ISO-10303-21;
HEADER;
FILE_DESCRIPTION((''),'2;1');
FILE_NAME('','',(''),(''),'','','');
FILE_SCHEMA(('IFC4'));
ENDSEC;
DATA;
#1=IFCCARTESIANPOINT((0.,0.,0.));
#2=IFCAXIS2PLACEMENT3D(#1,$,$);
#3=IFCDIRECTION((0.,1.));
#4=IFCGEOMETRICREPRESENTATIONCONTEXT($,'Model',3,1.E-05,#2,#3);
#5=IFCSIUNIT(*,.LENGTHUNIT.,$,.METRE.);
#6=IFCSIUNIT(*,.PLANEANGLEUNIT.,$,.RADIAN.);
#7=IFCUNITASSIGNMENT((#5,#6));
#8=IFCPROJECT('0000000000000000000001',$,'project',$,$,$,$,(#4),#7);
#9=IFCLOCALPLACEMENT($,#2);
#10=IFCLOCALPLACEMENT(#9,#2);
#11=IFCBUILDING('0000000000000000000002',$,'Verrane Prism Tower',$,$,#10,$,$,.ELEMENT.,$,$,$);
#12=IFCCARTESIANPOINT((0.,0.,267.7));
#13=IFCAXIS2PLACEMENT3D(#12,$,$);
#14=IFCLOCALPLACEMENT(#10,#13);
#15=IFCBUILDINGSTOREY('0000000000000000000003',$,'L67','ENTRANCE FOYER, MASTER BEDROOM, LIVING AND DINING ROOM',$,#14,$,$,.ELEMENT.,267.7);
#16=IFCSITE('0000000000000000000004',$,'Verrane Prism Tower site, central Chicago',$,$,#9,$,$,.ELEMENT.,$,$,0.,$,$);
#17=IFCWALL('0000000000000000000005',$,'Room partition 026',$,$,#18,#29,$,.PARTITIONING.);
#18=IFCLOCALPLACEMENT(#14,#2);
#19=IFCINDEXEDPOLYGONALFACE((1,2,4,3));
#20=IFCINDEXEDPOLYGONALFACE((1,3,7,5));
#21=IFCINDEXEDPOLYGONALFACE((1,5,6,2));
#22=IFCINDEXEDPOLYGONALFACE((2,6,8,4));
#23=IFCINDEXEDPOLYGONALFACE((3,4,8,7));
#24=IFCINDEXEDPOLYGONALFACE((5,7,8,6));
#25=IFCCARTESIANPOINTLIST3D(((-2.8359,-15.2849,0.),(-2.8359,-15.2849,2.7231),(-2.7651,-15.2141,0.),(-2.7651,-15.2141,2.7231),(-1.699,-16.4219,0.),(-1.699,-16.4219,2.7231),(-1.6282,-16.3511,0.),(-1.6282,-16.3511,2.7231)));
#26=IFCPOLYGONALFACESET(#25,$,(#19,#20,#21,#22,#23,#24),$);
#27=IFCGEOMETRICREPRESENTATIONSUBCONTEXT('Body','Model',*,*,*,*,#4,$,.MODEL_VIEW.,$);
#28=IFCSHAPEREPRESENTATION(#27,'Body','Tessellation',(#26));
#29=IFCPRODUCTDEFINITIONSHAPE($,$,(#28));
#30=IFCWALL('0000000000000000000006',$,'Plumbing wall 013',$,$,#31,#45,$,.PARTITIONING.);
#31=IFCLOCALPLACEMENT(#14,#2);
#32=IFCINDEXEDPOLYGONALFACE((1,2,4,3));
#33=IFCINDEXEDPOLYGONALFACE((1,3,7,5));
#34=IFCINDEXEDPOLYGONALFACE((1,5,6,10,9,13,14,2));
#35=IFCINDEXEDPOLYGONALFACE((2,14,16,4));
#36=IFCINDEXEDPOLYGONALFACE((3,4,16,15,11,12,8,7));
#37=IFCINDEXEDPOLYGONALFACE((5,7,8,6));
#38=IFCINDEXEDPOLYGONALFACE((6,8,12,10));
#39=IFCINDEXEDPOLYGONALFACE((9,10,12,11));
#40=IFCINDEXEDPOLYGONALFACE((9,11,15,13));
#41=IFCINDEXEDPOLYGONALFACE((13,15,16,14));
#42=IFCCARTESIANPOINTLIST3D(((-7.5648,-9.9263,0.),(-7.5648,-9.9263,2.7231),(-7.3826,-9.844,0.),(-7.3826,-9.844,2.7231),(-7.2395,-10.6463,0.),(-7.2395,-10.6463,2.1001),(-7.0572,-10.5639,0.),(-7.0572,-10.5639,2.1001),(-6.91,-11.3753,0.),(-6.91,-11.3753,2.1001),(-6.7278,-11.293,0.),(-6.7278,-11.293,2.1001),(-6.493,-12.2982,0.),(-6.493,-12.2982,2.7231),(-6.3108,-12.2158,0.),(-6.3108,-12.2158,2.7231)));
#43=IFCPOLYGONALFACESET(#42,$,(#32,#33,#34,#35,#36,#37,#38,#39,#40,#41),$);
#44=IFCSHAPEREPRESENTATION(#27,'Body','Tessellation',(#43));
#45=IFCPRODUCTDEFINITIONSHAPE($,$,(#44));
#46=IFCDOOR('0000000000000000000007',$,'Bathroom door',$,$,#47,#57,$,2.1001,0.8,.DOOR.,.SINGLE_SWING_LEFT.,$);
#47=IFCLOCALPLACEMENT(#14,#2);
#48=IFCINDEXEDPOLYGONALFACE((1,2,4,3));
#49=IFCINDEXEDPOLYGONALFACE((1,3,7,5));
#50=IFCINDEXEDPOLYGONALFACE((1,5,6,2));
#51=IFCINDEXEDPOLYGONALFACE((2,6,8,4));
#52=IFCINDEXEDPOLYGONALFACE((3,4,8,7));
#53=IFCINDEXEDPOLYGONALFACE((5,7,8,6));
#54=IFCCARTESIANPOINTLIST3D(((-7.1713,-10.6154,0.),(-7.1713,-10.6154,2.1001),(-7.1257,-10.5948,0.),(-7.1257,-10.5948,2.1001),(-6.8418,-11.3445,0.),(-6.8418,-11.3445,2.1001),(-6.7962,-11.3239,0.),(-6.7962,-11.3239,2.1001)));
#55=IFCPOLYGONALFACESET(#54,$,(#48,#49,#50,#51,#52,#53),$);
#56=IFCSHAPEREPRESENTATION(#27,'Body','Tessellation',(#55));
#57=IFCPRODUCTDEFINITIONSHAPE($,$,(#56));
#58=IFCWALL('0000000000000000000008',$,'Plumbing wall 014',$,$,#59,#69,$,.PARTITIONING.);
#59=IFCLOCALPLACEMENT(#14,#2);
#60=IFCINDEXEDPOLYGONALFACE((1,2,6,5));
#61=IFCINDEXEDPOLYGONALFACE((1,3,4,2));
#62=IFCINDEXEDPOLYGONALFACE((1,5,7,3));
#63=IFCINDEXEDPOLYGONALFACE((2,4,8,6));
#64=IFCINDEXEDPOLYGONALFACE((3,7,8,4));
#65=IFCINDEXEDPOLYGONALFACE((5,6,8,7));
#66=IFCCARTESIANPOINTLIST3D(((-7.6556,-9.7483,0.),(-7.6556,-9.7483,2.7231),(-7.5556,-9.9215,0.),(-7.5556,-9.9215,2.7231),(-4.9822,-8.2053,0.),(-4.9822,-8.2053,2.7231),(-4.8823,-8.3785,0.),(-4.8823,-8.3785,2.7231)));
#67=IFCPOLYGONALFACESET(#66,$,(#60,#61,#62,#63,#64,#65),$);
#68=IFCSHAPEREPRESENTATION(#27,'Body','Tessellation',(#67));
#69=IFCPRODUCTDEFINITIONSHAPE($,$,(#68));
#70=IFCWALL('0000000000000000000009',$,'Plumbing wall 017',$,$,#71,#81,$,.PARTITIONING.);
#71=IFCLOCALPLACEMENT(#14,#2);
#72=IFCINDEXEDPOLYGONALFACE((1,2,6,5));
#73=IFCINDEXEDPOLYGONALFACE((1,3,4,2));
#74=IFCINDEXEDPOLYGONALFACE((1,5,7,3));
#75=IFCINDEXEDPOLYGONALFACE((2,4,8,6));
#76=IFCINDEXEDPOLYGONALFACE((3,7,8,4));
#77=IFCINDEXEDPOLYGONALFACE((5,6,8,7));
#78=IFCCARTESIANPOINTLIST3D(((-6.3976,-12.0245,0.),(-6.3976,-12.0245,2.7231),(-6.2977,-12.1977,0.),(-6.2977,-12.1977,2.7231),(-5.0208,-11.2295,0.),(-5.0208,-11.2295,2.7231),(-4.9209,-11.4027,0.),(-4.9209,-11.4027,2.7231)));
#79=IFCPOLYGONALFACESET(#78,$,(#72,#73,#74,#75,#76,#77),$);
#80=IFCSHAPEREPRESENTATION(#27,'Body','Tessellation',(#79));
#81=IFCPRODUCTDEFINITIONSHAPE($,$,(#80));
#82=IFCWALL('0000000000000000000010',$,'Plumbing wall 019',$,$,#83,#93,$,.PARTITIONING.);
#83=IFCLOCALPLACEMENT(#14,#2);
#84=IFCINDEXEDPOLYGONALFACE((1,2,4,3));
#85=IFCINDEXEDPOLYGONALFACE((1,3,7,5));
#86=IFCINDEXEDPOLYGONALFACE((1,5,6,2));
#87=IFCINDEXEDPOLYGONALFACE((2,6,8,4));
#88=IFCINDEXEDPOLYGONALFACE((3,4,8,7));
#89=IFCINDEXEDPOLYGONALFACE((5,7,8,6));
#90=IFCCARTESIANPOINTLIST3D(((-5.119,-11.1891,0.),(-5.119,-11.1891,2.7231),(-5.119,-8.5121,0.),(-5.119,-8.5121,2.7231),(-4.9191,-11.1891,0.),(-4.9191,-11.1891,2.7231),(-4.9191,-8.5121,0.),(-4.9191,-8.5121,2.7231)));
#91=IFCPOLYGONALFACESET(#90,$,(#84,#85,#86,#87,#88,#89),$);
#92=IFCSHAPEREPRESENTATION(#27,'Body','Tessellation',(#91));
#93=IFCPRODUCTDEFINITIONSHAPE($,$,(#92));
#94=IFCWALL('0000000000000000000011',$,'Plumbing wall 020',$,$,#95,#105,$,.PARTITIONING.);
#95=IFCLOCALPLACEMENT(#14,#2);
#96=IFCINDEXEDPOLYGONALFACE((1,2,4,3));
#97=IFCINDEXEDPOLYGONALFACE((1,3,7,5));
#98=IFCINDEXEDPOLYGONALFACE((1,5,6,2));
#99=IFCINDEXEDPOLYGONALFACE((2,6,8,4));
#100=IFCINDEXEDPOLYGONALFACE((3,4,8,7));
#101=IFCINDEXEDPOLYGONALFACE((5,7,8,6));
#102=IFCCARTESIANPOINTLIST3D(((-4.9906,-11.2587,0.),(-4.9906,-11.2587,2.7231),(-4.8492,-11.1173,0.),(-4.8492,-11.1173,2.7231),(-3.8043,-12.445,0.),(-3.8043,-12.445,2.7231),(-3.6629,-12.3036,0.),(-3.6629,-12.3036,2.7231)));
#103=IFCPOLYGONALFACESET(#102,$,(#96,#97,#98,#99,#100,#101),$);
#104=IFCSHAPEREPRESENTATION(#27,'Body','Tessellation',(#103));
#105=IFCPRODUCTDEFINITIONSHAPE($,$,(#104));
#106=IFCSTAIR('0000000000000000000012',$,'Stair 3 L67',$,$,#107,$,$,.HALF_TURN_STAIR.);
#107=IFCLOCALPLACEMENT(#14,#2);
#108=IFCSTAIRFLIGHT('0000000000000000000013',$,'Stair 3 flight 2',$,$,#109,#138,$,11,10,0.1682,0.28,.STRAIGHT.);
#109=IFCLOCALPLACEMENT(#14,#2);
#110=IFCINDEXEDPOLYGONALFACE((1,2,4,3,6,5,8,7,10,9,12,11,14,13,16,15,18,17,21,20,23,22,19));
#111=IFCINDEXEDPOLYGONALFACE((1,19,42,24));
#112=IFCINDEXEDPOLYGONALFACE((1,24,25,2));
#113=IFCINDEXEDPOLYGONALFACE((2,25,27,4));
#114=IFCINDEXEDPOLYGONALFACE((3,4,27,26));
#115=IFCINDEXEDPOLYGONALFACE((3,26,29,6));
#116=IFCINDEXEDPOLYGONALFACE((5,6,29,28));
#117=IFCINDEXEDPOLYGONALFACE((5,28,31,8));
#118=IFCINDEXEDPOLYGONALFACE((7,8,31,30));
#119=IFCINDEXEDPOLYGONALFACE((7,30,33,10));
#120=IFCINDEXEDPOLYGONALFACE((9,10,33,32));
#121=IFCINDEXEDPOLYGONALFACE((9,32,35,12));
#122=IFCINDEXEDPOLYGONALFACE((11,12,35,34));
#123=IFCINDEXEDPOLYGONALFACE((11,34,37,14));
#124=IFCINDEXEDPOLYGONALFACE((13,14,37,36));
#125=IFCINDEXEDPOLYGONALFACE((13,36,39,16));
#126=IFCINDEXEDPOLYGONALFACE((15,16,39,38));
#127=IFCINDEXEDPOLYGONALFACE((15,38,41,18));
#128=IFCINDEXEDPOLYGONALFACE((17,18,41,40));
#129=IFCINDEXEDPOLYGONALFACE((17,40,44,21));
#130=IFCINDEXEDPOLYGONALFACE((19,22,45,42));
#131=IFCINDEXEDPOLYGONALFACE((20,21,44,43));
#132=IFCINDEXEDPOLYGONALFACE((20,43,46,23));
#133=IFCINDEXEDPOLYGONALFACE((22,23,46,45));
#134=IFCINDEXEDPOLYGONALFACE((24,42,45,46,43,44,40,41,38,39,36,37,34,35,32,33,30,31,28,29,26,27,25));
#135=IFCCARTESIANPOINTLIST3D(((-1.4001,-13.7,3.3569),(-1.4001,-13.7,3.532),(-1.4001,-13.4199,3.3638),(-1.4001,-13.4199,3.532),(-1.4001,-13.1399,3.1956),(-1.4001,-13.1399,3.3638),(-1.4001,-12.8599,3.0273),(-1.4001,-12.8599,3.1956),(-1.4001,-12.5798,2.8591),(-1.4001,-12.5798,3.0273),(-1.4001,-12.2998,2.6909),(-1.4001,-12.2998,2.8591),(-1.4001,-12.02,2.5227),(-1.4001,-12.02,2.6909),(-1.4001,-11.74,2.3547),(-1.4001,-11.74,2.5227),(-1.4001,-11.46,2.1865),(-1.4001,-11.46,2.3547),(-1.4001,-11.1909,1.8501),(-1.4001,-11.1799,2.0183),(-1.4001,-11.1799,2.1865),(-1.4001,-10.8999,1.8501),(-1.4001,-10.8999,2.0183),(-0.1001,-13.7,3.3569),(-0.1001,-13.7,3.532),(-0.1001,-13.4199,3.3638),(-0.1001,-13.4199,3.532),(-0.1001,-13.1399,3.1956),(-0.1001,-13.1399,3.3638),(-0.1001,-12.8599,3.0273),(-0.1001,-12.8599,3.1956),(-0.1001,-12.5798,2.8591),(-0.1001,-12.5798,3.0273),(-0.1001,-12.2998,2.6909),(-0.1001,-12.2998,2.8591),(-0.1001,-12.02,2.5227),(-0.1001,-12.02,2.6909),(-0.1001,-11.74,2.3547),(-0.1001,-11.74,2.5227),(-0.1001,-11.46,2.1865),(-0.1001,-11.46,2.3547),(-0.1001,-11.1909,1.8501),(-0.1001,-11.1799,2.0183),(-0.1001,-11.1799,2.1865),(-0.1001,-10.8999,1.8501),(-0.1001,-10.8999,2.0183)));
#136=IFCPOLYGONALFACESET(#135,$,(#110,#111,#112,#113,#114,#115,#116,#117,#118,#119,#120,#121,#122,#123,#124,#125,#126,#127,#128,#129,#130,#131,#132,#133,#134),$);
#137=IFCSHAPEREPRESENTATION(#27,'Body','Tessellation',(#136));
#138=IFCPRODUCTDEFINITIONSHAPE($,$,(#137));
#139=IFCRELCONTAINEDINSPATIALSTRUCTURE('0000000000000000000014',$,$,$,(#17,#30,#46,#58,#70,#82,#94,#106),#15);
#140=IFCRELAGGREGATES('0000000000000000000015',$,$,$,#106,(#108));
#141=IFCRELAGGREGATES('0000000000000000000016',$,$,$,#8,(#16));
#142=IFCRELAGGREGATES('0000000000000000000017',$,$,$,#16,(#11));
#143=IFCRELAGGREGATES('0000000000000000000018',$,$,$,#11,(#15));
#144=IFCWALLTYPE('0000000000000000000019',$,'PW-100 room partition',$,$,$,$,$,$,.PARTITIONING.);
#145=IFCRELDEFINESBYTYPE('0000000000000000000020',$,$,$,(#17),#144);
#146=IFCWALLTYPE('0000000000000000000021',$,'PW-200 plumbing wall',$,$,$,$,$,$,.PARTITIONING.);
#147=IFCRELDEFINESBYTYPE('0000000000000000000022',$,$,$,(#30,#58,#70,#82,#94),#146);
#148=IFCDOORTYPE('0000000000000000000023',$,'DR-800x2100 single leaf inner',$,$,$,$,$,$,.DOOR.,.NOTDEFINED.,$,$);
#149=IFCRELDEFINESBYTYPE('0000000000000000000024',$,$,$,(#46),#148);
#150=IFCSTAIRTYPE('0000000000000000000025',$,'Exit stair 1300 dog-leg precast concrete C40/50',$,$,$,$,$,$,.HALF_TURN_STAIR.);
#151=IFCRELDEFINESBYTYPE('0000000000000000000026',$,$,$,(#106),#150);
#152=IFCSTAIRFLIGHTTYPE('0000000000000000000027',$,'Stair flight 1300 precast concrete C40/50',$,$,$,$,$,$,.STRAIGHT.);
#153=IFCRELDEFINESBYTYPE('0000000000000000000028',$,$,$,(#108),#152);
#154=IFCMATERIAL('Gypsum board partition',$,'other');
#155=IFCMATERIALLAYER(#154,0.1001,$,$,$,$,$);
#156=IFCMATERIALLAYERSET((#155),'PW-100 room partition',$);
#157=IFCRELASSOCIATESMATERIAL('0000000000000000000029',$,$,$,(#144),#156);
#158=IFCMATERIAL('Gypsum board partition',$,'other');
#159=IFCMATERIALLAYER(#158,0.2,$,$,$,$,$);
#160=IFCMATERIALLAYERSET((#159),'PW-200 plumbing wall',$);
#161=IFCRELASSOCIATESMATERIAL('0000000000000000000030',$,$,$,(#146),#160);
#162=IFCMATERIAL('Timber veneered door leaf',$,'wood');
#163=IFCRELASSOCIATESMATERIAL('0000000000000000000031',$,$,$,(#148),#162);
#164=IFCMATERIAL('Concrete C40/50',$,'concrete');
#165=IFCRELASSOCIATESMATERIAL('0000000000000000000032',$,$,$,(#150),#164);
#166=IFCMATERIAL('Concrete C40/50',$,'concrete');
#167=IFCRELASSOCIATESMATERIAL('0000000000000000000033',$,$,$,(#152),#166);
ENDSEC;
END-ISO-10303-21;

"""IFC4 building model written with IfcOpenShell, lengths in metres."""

from ifc_helpers import new_model, si_unit, direction, frame, frame_2d, origin, place, context, subcontext, project, spatial, polyline, rectangle, outline, extrude, material, layer, layer_set, type_object, element, fill, aggregate, save


model = new_model("IFC4")

# Units and contexts
model_context = context("Model", 3, precision=1e-05, world=origin(), true_north=direction((0.0, 1.0)))
body_context = subcontext(model_context, "Body", "Model", "MODEL_VIEW")
ifc_project = project(units=[si_unit("LENGTHUNIT", "METRE"), si_unit("PLANEANGLEUNIT", "RADIAN")], contexts=[model_context])

# Site, building, storey
site_placement = place(None, origin())
site = spatial("IfcSite", under=ifc_project, at=site_placement, Name="Verrane Prism Tower site, central Chicago", CompositionType="ELEMENT", RefElevation=0.0)
building_placement = place(site_placement, origin())
building = spatial("IfcBuilding", under=site, at=building_placement, Name="Verrane Prism Tower", CompositionType="ELEMENT")
storey_placement = place(building_placement, frame((0.0, 0.0, 267.7)))
storey = spatial("IfcBuildingStorey", under=building, at=storey_placement, Name="L67", Description="ENTRANCE FOYER, MASTER BEDROOM, LIVING AND DINING ROOM", CompositionType="ELEMENT", Elevation=267.7)

# Shared definitions
ifc_material_1 = material(Name="Gypsum board partition", Category="other")
ifc_layer_1 = layer(ifc_material_1, 0.1001)
ifc_layer_set_1 = layer_set([ifc_layer_1], Name="PW-100 room partition")
wall_type_1 = type_object("IfcWallType", Name="PW-100 room partition", PredefinedType="PARTITIONING", material=ifc_layer_set_1)

# Wall
wall_1_placement = place(storey_placement, frame((-2.8005, -15.2495, 0.0), z_axis=(0.0, 0.0, 1.0), x_axis=(0.707107, -0.707107, 0.0)))
element("IfcWall", 1, at=wall_1_placement, inside=storey, type_object=wall_type_1, Name="Room partition 026", PredefinedType="PARTITIONING", context=body_context, shape_type="SweptSolid", body=[
    extrude(rectangle(XDim=1.6079, YDim=0.1001, at=frame_2d((0.804, 0.0))), origin(), (0.0, 0.0, 1.0), 2.7231),
])

# Wall, opening, door
ifc_material_2 = material(Name="Gypsum board partition", Category="other")
ifc_layer_2 = layer(ifc_material_2, 0.2)
ifc_layer_set_2 = layer_set([ifc_layer_2], Name="PW-200 plumbing wall")
wall_type_2 = type_object("IfcWallType", Name="PW-200 plumbing wall", PredefinedType="PARTITIONING", material=ifc_layer_set_2)
wall_2_placement = place(storey_placement, frame((-7.4736, -9.8853, 0.0), z_axis=(0.0, 0.0, 1.0), x_axis=(0.411788, -0.91128, 0.0)))
wall_2 = element("IfcWall", 2, at=wall_2_placement, inside=storey, type_object=wall_type_2, Name="Plumbing wall 013", PredefinedType="PARTITIONING", context=body_context, shape_type="SweptSolid", body=[
    extrude(rectangle(XDim=2.6028, YDim=0.2, at=frame_2d((1.3013, 0.0))), origin(), (0.0, 0.0, 1.0), 2.7231),
])
opening_1_placement = place(wall_2_placement, frame((0.79, 0.0, 0.0)))
opening_1 = element("IfcOpeningElement", 3, at=opening_1_placement, cuts=wall_2, PredefinedType="OPENING", context=body_context, shape_type="SweptSolid", body=[
    extrude(rectangle(XDim=0.8, YDim=2.1001, at=frame_2d((0.3999, 1.05))), frame((0.0, 0.1099, 0.0), z_axis=(0.0, -1.0, 0.0), x_axis=(1.0, 0.0, 0.0)), (0.0, 0.0, 1.0), 0.22),
])
ifc_material_3 = material(Name="Timber veneered door leaf", Category="wood")
door_type_1 = type_object("IfcDoorType", Name="DR-800x2100 single leaf inner", OperationType="NOTDEFINED", PredefinedType="DOOR", material=ifc_material_3)
door_1_placement = place(opening_1_placement, origin())
door_1 = element("IfcDoor", 4, at=door_1_placement, inside=storey, type_object=door_type_1, Name="Bathroom door", OperationType="SINGLE_SWING_LEFT", OverallHeight=2.1001, OverallWidth=0.8, PredefinedType="DOOR", context=body_context, shape_type="SweptSolid", body=[
    extrude(rectangle(XDim=0.8, YDim=2.1001, at=frame_2d((0.3999, 1.05))), frame((0.0, 0.0249, 0.0), z_axis=(0.0, -1.0, 0.0), x_axis=(1.0, 0.0, 0.0)), (0.0, 0.0, 1.0), 0.05),
])
fill(opening_1, door_1)

# Walls
wall_3_placement = place(storey_placement, frame((-7.6057, -9.835, 0.0), z_axis=(0.0, 0.0, 1.0), x_axis=(0.866093, 0.499882, 0.0)))
element("IfcWall", 5, at=wall_3_placement, inside=storey, type_object=wall_type_2, Name="Plumbing wall 014", PredefinedType="PARTITIONING", context=body_context, shape_type="SweptSolid", body=[
    extrude(rectangle(XDim=3.0867, YDim=0.2, at=frame_2d((1.5435, 0.0))), origin(), (0.0, 0.0, 1.0), 2.7231),
])
wall_4_placement = place(storey_placement, frame((-6.3477, -12.1111, 0.0), z_axis=(0.0, 0.0, 1.0), x_axis=(0.866004, 0.500037, 0.0)))
element("IfcWall", 6, at=wall_4_placement, inside=storey, type_object=wall_type_2, Name="Plumbing wall 017", PredefinedType="PARTITIONING", context=body_context, shape_type="SweptSolid", body=[
    extrude(rectangle(XDim=1.5898, YDim=0.2, at=frame_2d((0.7949, 0.0))), origin(), (0.0, 0.0, 1.0), 2.7231),
])
wall_5_placement = place(storey_placement, frame((-5.019, -11.189, 0.0), z_axis=(0.0, 0.0, 1.0), x_axis=(0.0, 1.0, 0.0)))
element("IfcWall", 7, at=wall_5_placement, inside=storey, type_object=wall_type_2, Name="Plumbing wall 019", PredefinedType="PARTITIONING", context=body_context, shape_type="SweptSolid", body=[
    extrude(rectangle(XDim=2.677, YDim=0.2, at=frame_2d((1.3384, 0.0))), origin(), (0.0, 0.0, 1.0), 2.7231),
])
wall_6_placement = place(storey_placement, frame((-4.9199, -11.188, 0.0), z_axis=(0.0, 0.0, 1.0), x_axis=(0.707107, -0.707107, 0.0)))
element("IfcWall", 8, at=wall_6_placement, inside=storey, type_object=wall_type_2, Name="Plumbing wall 020", PredefinedType="PARTITIONING", context=body_context, shape_type="SweptSolid", body=[
    extrude(rectangle(XDim=1.6777, YDim=0.2, at=frame_2d((0.8389, 0.0))), origin(), (0.0, 0.0, 1.0), 2.7231),
])

# Stair, stair flight
ifc_material_4 = material(Name="Concrete C40/50", Category="concrete")
stair_type = type_object("IfcStairType", Name="Exit stair 1300 dog-leg precast concrete C40/50", PredefinedType="HALF_TURN_STAIR", material=ifc_material_4)
stair_placement = place(storey_placement, origin())
stair = element("IfcStair", 9, at=stair_placement, inside=storey, type_object=stair_type, Name="Stair 3 L67", PredefinedType="HALF_TURN_STAIR")
ifc_material_5 = material(Name="Concrete C40/50", Category="concrete")
stair_flight_type = type_object("IfcStairFlightType", Name="Stair flight 1300 precast concrete C40/50", PredefinedType="STRAIGHT", material=ifc_material_5)
stair_flight_placement = place(storey_placement, frame((-0.75, -10.8999, 1.8501), z_axis=(0.0, 0.0, 1.0), x_axis=(0.0, -1.0, 0.0)))
stair_flight = element("IfcStairFlight", 10, at=stair_flight_placement, type_object=stair_flight_type, Name="Stair 3 flight 2", NumberOfRisers=11, NumberOfTreads=10, PredefinedType="STRAIGHT", RiserHeight=0.1682, TreadLength=0.28, context=body_context, shape_type="SweptSolid", body=[
    extrude(outline(polyline([(0.0, 0.0), (0.0, 0.1682), (0.28, 0.1682), (0.28, 0.3364), (0.5601, 0.3364), (0.5601, 0.5046), (0.8401, 0.5046), (0.8401, 0.6726), (1.1201, 0.6726), (1.1201, 0.8408), (1.3999, 0.8408), (1.3999, 1.009), (1.6799, 1.009), (1.6799, 1.1772), (1.96, 1.1772), (1.96, 1.3455), (2.24, 1.3455), (2.24, 1.5137), (2.52, 1.5137), (2.52, 1.6819), (2.8, 1.6819), (2.8, 1.8501), (2.8, 1.5068), (0.291, 0.0), (0.0, 0.0)])), frame((0.0, 0.6499, 0.0), z_axis=(0.0, -1.0, 0.0), x_axis=(1.0, 0.0, 0.0)), (0.0, 0.0, 1.0), 1.3),
])
aggregate(stair, [stair_flight])

save(model, "model.ifc")
